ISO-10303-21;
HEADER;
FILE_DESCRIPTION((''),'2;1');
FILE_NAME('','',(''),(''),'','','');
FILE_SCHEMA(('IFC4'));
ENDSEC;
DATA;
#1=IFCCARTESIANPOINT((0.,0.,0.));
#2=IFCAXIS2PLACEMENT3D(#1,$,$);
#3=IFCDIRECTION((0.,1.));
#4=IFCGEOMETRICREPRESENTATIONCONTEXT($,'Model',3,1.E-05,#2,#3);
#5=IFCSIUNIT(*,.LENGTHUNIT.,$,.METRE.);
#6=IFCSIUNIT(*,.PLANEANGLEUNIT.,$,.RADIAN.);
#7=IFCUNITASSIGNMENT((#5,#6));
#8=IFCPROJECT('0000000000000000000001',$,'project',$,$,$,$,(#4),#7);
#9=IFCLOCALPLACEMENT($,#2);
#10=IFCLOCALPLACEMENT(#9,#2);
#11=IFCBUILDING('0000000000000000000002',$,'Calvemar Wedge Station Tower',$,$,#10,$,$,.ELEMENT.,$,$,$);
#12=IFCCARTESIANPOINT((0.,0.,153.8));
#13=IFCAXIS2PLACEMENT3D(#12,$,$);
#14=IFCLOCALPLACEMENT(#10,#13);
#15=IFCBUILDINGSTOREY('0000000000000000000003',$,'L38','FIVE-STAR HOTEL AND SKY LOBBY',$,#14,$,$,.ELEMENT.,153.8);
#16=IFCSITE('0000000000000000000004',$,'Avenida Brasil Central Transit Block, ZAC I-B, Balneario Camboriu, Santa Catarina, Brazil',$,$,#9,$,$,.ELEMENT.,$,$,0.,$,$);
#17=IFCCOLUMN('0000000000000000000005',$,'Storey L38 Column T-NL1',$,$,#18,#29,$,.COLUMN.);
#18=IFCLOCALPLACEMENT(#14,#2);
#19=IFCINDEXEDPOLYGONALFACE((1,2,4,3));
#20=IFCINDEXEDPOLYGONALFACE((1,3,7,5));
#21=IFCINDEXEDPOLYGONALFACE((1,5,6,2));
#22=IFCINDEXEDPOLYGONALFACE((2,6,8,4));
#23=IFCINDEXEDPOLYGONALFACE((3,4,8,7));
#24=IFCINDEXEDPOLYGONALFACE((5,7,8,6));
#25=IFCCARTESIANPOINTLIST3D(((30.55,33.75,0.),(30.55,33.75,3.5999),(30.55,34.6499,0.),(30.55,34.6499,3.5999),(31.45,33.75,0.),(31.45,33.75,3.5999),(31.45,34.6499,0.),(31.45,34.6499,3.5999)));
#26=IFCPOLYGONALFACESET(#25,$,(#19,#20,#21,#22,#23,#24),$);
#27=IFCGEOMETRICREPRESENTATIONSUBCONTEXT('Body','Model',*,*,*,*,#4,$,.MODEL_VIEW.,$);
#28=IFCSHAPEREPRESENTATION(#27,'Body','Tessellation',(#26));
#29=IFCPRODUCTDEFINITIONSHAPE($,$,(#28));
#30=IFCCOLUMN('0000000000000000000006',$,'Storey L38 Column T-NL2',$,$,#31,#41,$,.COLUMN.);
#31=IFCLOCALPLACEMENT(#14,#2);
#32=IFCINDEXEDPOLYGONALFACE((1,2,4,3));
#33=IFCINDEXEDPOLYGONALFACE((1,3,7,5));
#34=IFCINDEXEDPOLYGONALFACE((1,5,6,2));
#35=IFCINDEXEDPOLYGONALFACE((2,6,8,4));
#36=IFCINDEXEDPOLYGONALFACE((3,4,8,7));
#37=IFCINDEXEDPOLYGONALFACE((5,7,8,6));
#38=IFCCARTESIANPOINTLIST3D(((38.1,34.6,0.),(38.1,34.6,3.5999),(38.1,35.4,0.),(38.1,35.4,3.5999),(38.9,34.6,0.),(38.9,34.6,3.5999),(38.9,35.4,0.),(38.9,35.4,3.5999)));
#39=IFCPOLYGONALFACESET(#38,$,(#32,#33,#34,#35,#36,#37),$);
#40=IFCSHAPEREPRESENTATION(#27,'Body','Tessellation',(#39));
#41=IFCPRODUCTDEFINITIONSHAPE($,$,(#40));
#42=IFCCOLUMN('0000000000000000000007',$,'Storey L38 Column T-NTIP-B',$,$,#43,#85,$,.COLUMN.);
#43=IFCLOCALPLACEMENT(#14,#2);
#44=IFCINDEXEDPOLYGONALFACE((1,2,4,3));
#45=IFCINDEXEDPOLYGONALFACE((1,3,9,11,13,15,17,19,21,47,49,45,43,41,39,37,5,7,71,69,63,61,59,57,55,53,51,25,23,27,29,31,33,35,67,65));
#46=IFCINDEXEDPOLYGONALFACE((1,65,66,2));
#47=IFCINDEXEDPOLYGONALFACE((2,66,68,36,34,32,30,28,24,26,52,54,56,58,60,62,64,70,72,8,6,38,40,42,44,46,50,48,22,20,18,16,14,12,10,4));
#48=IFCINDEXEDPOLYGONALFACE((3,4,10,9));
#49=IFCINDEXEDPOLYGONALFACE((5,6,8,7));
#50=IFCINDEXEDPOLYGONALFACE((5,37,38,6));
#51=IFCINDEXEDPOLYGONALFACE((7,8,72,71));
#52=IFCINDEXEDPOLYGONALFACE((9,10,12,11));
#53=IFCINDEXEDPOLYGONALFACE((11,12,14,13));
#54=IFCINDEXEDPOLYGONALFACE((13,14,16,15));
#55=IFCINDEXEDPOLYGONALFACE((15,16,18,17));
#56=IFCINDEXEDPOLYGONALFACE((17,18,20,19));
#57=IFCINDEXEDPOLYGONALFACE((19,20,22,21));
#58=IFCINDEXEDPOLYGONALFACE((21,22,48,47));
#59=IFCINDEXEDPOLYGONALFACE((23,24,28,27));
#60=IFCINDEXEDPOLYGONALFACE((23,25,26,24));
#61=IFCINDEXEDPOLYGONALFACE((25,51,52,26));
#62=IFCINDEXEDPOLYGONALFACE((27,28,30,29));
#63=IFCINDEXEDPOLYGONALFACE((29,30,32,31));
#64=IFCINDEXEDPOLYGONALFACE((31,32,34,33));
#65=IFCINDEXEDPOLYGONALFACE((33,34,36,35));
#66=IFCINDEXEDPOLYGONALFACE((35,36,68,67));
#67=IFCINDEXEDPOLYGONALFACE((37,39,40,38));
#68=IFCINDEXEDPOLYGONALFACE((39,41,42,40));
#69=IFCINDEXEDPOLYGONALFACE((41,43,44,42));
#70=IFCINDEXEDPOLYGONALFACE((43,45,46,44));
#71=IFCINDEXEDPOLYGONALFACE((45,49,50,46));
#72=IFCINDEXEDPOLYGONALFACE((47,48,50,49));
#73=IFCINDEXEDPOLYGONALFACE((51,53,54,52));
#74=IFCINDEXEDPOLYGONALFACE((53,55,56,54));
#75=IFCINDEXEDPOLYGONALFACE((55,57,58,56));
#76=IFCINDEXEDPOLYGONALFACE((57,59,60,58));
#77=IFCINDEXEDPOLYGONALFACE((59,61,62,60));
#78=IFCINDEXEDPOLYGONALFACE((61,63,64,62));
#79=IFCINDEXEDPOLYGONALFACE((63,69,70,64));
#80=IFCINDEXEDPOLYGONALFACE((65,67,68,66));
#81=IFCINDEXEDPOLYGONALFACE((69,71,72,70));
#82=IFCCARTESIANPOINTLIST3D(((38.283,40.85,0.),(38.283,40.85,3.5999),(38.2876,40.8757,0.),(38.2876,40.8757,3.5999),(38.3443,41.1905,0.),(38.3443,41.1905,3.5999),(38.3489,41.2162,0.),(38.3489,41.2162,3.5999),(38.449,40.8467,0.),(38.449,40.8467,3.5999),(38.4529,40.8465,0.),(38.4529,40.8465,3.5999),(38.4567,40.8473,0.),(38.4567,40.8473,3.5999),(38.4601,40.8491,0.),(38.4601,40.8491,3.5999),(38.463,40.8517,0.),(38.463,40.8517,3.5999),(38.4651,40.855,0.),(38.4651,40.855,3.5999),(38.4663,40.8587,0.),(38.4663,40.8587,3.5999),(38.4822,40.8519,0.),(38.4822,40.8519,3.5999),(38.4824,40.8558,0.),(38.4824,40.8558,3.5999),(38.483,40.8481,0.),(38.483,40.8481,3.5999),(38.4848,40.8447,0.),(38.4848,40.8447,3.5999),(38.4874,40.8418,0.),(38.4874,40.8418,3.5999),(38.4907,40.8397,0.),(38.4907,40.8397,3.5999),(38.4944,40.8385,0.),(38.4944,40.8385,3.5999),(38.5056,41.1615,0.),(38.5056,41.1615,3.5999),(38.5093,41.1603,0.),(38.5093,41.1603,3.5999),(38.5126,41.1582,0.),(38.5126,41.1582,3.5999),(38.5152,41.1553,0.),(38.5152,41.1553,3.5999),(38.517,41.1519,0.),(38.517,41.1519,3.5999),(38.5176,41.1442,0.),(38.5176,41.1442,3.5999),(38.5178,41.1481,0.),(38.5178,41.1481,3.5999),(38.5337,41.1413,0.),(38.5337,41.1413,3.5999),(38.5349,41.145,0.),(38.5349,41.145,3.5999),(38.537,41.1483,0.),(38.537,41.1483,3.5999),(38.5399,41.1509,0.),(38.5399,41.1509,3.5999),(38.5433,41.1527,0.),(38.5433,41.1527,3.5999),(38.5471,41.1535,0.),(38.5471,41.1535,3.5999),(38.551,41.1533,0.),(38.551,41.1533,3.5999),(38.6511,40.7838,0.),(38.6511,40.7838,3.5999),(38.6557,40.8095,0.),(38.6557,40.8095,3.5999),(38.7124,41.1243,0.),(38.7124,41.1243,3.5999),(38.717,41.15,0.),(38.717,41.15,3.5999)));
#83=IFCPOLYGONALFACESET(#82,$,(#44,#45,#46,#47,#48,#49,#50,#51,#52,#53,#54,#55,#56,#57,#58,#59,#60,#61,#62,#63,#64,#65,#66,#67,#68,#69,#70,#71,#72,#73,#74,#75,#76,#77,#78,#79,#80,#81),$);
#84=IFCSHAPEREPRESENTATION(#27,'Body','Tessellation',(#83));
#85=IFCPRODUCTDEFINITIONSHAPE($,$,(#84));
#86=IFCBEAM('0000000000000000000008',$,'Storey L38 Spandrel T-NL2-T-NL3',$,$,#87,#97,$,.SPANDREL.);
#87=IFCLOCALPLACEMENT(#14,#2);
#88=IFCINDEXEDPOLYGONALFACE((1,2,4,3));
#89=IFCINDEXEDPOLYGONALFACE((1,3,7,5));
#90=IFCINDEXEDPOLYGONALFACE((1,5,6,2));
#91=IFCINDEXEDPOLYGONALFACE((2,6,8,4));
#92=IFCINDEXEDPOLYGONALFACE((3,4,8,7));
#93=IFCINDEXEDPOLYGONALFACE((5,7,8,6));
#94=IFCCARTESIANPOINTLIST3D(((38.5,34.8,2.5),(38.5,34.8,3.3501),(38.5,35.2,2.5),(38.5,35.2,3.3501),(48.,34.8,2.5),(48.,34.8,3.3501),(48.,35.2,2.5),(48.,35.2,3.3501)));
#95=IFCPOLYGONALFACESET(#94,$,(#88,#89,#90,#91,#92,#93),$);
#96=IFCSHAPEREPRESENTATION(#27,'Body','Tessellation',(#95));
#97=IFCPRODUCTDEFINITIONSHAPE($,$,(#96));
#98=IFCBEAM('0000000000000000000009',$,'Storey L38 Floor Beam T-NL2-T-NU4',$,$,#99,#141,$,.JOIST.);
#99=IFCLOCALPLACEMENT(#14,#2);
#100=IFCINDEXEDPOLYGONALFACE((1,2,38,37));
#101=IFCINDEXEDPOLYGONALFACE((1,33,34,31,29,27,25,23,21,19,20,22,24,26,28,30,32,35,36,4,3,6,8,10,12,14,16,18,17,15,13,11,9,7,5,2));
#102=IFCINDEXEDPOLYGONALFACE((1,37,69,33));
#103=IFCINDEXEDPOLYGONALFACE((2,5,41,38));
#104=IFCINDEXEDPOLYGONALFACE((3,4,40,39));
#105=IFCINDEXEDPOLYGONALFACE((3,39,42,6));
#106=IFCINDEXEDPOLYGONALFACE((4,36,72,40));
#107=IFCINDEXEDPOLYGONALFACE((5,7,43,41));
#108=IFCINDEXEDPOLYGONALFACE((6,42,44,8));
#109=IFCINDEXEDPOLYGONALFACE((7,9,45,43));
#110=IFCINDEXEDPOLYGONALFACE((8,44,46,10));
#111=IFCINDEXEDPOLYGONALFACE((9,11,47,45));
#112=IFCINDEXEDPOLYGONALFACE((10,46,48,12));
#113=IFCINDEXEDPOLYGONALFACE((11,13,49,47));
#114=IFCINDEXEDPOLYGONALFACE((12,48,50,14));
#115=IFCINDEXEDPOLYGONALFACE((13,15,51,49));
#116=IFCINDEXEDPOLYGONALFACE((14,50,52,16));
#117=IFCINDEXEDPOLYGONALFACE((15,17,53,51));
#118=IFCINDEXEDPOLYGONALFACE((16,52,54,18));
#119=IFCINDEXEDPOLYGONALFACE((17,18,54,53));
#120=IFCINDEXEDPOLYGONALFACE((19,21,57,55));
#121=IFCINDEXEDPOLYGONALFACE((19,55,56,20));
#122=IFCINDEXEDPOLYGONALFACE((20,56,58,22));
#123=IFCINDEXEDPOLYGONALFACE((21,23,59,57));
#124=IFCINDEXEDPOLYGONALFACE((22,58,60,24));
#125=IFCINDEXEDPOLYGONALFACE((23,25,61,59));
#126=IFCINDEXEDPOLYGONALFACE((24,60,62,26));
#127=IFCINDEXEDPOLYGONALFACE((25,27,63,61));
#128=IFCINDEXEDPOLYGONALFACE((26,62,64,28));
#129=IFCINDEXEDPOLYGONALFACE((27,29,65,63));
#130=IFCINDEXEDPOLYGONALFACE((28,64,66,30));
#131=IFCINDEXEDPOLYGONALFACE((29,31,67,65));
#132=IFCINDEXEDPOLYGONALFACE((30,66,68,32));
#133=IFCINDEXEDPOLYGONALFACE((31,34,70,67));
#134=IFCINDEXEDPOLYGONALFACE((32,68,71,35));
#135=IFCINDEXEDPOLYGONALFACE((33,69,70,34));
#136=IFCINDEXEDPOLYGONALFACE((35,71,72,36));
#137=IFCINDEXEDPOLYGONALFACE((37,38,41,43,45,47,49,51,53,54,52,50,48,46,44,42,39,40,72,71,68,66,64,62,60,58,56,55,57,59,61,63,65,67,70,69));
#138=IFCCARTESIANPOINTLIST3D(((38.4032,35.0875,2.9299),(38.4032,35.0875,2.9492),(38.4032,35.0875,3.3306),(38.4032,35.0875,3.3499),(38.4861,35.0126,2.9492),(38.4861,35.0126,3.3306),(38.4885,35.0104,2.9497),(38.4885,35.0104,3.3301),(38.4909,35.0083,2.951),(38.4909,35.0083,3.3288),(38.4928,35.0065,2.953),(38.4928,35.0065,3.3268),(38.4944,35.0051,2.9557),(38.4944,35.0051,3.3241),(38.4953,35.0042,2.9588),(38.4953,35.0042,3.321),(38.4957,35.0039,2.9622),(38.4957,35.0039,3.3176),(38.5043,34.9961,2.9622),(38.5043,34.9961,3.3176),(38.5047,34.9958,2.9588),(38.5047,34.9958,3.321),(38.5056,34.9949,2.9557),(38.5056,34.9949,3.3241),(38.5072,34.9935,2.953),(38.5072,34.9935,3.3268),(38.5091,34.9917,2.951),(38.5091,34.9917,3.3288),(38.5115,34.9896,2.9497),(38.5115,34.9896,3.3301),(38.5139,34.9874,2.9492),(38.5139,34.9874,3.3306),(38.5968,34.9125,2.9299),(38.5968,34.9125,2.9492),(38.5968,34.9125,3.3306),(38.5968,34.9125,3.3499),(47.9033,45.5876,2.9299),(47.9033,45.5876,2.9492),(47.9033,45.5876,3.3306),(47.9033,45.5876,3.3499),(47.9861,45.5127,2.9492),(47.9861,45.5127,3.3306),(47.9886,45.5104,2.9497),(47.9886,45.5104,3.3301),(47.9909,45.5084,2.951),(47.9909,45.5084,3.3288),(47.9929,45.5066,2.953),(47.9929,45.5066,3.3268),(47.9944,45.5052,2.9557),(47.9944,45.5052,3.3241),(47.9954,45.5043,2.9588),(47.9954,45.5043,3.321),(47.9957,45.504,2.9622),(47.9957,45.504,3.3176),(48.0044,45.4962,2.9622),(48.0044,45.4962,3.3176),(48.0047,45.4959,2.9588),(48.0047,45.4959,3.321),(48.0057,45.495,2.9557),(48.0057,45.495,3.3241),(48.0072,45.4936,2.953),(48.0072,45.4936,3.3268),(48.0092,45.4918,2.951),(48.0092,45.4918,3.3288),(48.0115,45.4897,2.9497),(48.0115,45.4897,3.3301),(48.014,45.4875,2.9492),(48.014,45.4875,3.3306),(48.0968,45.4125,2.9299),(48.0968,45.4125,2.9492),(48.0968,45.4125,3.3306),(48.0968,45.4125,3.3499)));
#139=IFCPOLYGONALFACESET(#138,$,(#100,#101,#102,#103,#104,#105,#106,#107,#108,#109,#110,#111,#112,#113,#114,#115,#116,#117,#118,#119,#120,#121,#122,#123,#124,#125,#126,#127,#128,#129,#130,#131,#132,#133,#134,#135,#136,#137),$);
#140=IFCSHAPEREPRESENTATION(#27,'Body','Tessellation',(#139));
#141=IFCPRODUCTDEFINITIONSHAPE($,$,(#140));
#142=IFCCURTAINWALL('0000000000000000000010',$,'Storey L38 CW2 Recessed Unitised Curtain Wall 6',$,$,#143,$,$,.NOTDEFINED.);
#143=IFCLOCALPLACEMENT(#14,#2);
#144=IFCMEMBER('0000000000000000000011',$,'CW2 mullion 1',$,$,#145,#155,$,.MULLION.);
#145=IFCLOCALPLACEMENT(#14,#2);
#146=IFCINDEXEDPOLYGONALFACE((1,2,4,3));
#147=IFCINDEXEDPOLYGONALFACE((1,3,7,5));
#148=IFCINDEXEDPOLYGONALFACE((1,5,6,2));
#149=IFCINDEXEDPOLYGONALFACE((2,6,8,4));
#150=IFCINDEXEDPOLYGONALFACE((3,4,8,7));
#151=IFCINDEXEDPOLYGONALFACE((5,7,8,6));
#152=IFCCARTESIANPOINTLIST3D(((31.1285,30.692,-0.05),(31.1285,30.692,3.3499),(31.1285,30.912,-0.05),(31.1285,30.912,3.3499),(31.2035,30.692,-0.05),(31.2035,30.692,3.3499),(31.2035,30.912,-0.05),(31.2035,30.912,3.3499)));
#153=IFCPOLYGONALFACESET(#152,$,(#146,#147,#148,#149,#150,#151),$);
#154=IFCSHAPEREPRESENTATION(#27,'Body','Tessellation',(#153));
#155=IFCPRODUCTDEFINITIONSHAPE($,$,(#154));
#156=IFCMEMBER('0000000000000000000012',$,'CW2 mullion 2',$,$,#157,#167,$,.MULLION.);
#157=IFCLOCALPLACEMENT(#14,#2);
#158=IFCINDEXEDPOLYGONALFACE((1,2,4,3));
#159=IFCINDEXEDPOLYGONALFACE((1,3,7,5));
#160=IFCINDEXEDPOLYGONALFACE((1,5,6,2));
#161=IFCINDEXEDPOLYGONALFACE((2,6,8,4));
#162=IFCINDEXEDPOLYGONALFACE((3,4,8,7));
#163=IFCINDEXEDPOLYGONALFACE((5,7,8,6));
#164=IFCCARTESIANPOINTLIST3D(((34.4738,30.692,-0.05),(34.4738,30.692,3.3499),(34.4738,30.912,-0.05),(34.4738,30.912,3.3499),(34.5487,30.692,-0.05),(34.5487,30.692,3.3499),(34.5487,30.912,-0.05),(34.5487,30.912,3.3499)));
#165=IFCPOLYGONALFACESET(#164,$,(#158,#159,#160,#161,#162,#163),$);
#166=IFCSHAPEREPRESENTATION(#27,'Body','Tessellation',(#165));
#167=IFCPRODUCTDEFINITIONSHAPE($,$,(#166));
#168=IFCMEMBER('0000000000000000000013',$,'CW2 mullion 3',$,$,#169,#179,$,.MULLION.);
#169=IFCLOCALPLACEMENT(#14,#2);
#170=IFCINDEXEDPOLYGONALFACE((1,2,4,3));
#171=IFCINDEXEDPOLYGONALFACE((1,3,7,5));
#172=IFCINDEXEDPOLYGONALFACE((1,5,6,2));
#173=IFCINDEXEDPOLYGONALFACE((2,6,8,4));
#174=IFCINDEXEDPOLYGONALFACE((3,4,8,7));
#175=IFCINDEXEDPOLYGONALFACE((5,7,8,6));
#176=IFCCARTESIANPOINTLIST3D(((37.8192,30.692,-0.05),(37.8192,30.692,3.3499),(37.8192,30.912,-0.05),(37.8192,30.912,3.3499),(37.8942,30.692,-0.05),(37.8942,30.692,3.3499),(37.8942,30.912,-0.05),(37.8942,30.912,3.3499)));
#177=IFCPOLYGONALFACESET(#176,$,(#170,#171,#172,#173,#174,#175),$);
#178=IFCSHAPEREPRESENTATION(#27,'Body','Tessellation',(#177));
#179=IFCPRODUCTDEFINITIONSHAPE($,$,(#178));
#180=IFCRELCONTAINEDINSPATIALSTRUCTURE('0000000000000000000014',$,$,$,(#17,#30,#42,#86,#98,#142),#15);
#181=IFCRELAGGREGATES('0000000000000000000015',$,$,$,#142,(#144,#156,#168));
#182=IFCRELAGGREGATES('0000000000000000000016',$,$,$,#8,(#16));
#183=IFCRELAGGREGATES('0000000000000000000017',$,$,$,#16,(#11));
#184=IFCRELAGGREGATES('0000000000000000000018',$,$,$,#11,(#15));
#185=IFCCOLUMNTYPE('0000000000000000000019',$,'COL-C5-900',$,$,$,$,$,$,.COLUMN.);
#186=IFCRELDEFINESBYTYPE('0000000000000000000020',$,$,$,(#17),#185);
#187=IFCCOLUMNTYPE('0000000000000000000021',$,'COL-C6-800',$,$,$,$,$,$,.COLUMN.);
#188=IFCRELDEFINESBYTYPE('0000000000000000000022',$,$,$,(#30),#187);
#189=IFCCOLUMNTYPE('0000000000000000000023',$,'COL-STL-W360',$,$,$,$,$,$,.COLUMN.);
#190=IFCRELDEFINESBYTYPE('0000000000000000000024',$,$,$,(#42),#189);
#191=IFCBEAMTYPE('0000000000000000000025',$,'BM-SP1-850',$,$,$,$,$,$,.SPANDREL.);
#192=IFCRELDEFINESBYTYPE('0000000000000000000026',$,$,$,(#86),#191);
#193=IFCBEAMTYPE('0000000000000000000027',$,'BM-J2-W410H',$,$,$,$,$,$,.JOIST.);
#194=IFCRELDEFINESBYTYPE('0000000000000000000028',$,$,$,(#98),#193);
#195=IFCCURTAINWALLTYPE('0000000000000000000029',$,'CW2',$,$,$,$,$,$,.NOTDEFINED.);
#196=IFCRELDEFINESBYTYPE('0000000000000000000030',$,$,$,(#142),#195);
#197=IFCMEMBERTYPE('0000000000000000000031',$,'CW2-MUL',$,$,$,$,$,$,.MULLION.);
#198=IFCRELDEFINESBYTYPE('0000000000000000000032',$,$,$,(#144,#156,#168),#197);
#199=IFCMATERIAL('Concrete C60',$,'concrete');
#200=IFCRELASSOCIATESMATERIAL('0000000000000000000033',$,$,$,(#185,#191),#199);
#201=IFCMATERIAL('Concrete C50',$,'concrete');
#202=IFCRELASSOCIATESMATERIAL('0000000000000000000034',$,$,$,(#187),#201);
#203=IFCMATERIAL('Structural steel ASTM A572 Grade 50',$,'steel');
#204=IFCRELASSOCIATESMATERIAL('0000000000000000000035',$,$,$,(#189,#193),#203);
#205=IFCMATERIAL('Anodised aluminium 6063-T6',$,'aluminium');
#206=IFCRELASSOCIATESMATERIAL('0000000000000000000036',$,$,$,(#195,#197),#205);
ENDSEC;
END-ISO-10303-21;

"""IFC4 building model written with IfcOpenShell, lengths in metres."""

from ifc_helpers import new_model, si_unit, direction, frame, origin, origin_2d, place, context, subcontext, project, spatial, rectangle, i_section, extrude, source, transform, mapped, material, material_profile, profile_set, type_object, element, aggregate, save


model = new_model("IFC4")

# Units and contexts
model_context = context("Model", 3, precision=1e-05, world=origin(), true_north=direction((0.0, 1.0)))
body_context = subcontext(model_context, "Body", "Model", "MODEL_VIEW")
ifc_project = project(units=[si_unit("LENGTHUNIT", "METRE"), si_unit("PLANEANGLEUNIT", "RADIAN")], contexts=[model_context])

# Site, building, storey
site_placement = place(None, origin())
site = spatial("IfcSite", under=ifc_project, at=site_placement, Name="Avenida Brasil Central Transit Block, ZAC I-B, Balneario Camboriu, Santa Catarina, Brazil", CompositionType="ELEMENT", RefElevation=0.0)
building_placement = place(site_placement, origin())
building = spatial("IfcBuilding", under=site, at=building_placement, Name="Calvemar Wedge Station Tower", CompositionType="ELEMENT")
storey_placement = place(building_placement, frame((0.0, 0.0, 153.8)))
storey = spatial("IfcBuildingStorey", under=building, at=storey_placement, Name="L38", Description="FIVE-STAR HOTEL AND SKY LOBBY", CompositionType="ELEMENT", Elevation=153.8)

# Columns
ifc_material_1 = material(Name="Concrete C60", Category="concrete")
ifc_material_profile_1 = material_profile(ifc_material_1, rectangle(XDim=0.8999, YDim=0.8999, at=origin_2d()), Name="RC900x900")
ifc_profile_set_1 = profile_set([ifc_material_profile_1], Name="Concrete C60")
column_type_1 = type_object("IfcColumnType", Name="COL-C5-900", PredefinedType="COLUMN", material=ifc_profile_set_1)
shared_shape_1 = source(origin(), body_context, "Body", "SweptSolid", [
    extrude(rectangle(XDim=0.8999, YDim=0.8999, at=origin_2d()), origin(), (0.0, 0.0, 1.0), 3.5999),
])
column_1_placement = place(storey_placement, frame((31.0, 34.2, 0.0), z_axis=(0.0, 0.0, 1.0), x_axis=(1.0, 0.0, 0.0)))
element("IfcColumn", 1, at=column_1_placement, inside=storey, type_object=column_type_1, Name="Storey L38 Column T-NL1", PredefinedType="COLUMN", context=body_context, shape_type="MappedRepresentation", body=[
    mapped(shared_shape_1, transform((0.0, 0.0, 0.0), scale=1.0)),
])
ifc_material_2 = material(Name="Concrete C50", Category="concrete")
ifc_material_profile_2 = material_profile(ifc_material_2, rectangle(XDim=0.8, YDim=0.8, at=origin_2d()), Name="RC800x800")
ifc_profile_set_2 = profile_set([ifc_material_profile_2], Name="Concrete C50")
column_type_2 = type_object("IfcColumnType", Name="COL-C6-800", PredefinedType="COLUMN", material=ifc_profile_set_2)
shared_shape_2 = source(origin(), body_context, "Body", "SweptSolid", [
    extrude(rectangle(XDim=0.8, YDim=0.8, at=origin_2d()), origin(), (0.0, 0.0, 1.0), 3.5999),
])
column_2_placement = place(storey_placement, frame((38.5, 35.0, 0.0), z_axis=(0.0, 0.0, 1.0), x_axis=(1.0, 0.0, 0.0)))
element("IfcColumn", 2, at=column_2_placement, inside=storey, type_object=column_type_2, Name="Storey L38 Column T-NL2", PredefinedType="COLUMN", context=body_context, shape_type="MappedRepresentation", body=[
    mapped(shared_shape_2, transform((0.0, 0.0, 0.0), scale=1.0)),
])
ifc_material_3 = material(Name="Structural steel ASTM A572 Grade 50", Category="steel")
ifc_material_profile_3 = material_profile(ifc_material_3, i_section(OverallWidth=0.374, OverallDepth=0.3721, WebThickness=0.0164, FlangeThickness=0.0261, FilletRadius=0.0149, at=origin_2d()), Name="W360x196")
ifc_profile_set_3 = profile_set([ifc_material_profile_3], Name="Structural steel ASTM A572 Grade 50")
column_type_3 = type_object("IfcColumnType", Name="COL-STL-W360", PredefinedType="COLUMN", material=ifc_profile_set_3)
shared_shape_3 = source(origin(), body_context, "Body", "SweptSolid", [
    extrude(i_section(OverallWidth=0.374, OverallDepth=0.3721, WebThickness=0.0164, FlangeThickness=0.0261, FilletRadius=0.0149, at=origin_2d()), origin(), (0.0, 0.0, 1.0), 3.5999),
])
column_3_placement = place(storey_placement, frame((38.5, 41.0, 0.0), z_axis=(0.0, 0.0, 1.0), x_axis=(0.984196, -0.177085, 0.0)))
element("IfcColumn", 3, at=column_3_placement, inside=storey, type_object=column_type_3, Name="Storey L38 Column T-NTIP-B", PredefinedType="COLUMN", context=body_context, shape_type="MappedRepresentation", body=[
    mapped(shared_shape_3, transform((0.0, 0.0, 0.0), scale=1.0)),
])

# Beams
ifc_material_profile_4 = material_profile(ifc_material_1, rectangle(XDim=0.3999, YDim=0.8501, at=origin_2d()), Name="RC400x850")
ifc_profile_set_4 = profile_set([ifc_material_profile_4], Name="Concrete C60")
beam_type_1 = type_object("IfcBeamType", Name="BM-SP1-850", PredefinedType="SPANDREL", material=ifc_profile_set_4)
shared_shape_4 = source(origin(), body_context, "Body", "SweptSolid", [
    extrude(rectangle(XDim=0.3999, YDim=0.8501, at=origin_2d()), origin(), (0.0, 0.0, 1.0), 9.5),
])
beam_1_placement = place(storey_placement, frame((38.5, 35.0, 2.925), z_axis=(1.0, 0.0, 0.0), x_axis=(0.0, 1.0, 0.0)))
element("IfcBeam", 4, at=beam_1_placement, inside=storey, type_object=beam_type_1, Name="Storey L38 Spandrel T-NL2-T-NL3", PredefinedType="SPANDREL", context=body_context, shape_type="MappedRepresentation", body=[
    mapped(shared_shape_4, transform((0.0, 0.0, 0.0), scale=1.0)),
])
ifc_material_profile_5 = material_profile(ifc_material_3, i_section(OverallWidth=0.261, OverallDepth=0.4199, WebThickness=0.0117, FlangeThickness=0.0193, FilletRadius=0.0129, at=origin_2d()), Name="W410x114")
ifc_profile_set_5 = profile_set([ifc_material_profile_5], Name="Structural steel ASTM A572 Grade 50")
beam_type_2 = type_object("IfcBeamType", Name="BM-J2-W410H", PredefinedType="JOIST", material=ifc_profile_set_5)
shared_shape_5 = source(origin(), body_context, "Body", "SweptSolid", [
    extrude(i_section(OverallWidth=0.261, OverallDepth=0.4199, WebThickness=0.0117, FlangeThickness=0.0193, FilletRadius=0.0129, at=origin_2d()), origin(), (0.0, 0.0, 1.0), 14.1599),
])
beam_2_placement = place(storey_placement, frame((38.5, 35.0, 3.1399), z_axis=(0.670913, 0.741536, 0.0), x_axis=(-0.741536, 0.670913, 0.0)))
element("IfcBeam", 5, at=beam_2_placement, inside=storey, type_object=beam_type_2, Name="Storey L38 Floor Beam T-NL2-T-NU4", PredefinedType="JOIST", context=body_context, shape_type="MappedRepresentation", body=[
    mapped(shared_shape_5, transform((0.0, 0.0, 0.0), scale=1.0)),
])

# Curtain wall, members
ifc_material_4 = material(Name="Anodised aluminium 6063-T6", Category="aluminium")
curtain_wall_type = type_object("IfcCurtainWallType", Name="CW2", PredefinedType="NOTDEFINED", material=ifc_material_4)
curtain_wall_placement = place(storey_placement, origin())
curtain_wall = element("IfcCurtainWall", 6, at=curtain_wall_placement, inside=storey, type_object=curtain_wall_type, Name="Storey L38 CW2 Recessed Unitised Curtain Wall 6", PredefinedType="NOTDEFINED")
ifc_material_profile_6 = material_profile(ifc_material_4, rectangle(XDim=0.075, YDim=0.22, at=origin_2d()), Name="AL-MUL-75x220")
ifc_profile_set_6 = profile_set([ifc_material_profile_6], Name="Anodised aluminium 6063-T6")
member_type_1 = type_object("IfcMemberType", Name="CW2-MUL", PredefinedType="MULLION", material=ifc_profile_set_6)
shared_shape_6 = source(origin(), body_context, "Body", "SweptSolid", [
    extrude(rectangle(XDim=0.075, YDim=0.22, at=origin_2d()), origin(), (0.0, 0.0, 1.0), 3.3999),
])
member_1_placement = place(storey_placement, frame((31.166, 30.802, -0.05), z_axis=(0.0, 0.0, 1.0), x_axis=(1.0, 0.0, 0.0)))
member_1 = element("IfcMember", 7, at=member_1_placement, type_object=member_type_1, Name="CW2 mullion 1", PredefinedType="MULLION", context=body_context, shape_type="MappedRepresentation", body=[
    mapped(shared_shape_6, transform((0.0, 0.0, 0.0), scale=1.0)),
])
member_2_placement = place(storey_placement, frame((34.5112, 30.802, -0.05), z_axis=(0.0, 0.0, 1.0), x_axis=(1.0, 0.0, 0.0)))
member_2 = element("IfcMember", 8, at=member_2_placement, type_object=member_type_1, Name="CW2 mullion 2", PredefinedType="MULLION", context=body_context, shape_type="MappedRepresentation", body=[
    mapped(shared_shape_6, transform((0.0, 0.0, 0.0), scale=1.0)),
])
member_3_placement = place(storey_placement, frame((37.8567, 30.802, -0.05), z_axis=(0.0, 0.0, 1.0), x_axis=(1.0, 0.0, 0.0)))
member_3 = element("IfcMember", 9, at=member_3_placement, type_object=member_type_1, Name="CW2 mullion 3", PredefinedType="MULLION", context=body_context, shape_type="MappedRepresentation", body=[
    mapped(shared_shape_6, transform((0.0, 0.0, 0.0), scale=1.0)),
])
aggregate(curtain_wall, [member_1, member_2, member_3])

save(model, "model.ifc")
